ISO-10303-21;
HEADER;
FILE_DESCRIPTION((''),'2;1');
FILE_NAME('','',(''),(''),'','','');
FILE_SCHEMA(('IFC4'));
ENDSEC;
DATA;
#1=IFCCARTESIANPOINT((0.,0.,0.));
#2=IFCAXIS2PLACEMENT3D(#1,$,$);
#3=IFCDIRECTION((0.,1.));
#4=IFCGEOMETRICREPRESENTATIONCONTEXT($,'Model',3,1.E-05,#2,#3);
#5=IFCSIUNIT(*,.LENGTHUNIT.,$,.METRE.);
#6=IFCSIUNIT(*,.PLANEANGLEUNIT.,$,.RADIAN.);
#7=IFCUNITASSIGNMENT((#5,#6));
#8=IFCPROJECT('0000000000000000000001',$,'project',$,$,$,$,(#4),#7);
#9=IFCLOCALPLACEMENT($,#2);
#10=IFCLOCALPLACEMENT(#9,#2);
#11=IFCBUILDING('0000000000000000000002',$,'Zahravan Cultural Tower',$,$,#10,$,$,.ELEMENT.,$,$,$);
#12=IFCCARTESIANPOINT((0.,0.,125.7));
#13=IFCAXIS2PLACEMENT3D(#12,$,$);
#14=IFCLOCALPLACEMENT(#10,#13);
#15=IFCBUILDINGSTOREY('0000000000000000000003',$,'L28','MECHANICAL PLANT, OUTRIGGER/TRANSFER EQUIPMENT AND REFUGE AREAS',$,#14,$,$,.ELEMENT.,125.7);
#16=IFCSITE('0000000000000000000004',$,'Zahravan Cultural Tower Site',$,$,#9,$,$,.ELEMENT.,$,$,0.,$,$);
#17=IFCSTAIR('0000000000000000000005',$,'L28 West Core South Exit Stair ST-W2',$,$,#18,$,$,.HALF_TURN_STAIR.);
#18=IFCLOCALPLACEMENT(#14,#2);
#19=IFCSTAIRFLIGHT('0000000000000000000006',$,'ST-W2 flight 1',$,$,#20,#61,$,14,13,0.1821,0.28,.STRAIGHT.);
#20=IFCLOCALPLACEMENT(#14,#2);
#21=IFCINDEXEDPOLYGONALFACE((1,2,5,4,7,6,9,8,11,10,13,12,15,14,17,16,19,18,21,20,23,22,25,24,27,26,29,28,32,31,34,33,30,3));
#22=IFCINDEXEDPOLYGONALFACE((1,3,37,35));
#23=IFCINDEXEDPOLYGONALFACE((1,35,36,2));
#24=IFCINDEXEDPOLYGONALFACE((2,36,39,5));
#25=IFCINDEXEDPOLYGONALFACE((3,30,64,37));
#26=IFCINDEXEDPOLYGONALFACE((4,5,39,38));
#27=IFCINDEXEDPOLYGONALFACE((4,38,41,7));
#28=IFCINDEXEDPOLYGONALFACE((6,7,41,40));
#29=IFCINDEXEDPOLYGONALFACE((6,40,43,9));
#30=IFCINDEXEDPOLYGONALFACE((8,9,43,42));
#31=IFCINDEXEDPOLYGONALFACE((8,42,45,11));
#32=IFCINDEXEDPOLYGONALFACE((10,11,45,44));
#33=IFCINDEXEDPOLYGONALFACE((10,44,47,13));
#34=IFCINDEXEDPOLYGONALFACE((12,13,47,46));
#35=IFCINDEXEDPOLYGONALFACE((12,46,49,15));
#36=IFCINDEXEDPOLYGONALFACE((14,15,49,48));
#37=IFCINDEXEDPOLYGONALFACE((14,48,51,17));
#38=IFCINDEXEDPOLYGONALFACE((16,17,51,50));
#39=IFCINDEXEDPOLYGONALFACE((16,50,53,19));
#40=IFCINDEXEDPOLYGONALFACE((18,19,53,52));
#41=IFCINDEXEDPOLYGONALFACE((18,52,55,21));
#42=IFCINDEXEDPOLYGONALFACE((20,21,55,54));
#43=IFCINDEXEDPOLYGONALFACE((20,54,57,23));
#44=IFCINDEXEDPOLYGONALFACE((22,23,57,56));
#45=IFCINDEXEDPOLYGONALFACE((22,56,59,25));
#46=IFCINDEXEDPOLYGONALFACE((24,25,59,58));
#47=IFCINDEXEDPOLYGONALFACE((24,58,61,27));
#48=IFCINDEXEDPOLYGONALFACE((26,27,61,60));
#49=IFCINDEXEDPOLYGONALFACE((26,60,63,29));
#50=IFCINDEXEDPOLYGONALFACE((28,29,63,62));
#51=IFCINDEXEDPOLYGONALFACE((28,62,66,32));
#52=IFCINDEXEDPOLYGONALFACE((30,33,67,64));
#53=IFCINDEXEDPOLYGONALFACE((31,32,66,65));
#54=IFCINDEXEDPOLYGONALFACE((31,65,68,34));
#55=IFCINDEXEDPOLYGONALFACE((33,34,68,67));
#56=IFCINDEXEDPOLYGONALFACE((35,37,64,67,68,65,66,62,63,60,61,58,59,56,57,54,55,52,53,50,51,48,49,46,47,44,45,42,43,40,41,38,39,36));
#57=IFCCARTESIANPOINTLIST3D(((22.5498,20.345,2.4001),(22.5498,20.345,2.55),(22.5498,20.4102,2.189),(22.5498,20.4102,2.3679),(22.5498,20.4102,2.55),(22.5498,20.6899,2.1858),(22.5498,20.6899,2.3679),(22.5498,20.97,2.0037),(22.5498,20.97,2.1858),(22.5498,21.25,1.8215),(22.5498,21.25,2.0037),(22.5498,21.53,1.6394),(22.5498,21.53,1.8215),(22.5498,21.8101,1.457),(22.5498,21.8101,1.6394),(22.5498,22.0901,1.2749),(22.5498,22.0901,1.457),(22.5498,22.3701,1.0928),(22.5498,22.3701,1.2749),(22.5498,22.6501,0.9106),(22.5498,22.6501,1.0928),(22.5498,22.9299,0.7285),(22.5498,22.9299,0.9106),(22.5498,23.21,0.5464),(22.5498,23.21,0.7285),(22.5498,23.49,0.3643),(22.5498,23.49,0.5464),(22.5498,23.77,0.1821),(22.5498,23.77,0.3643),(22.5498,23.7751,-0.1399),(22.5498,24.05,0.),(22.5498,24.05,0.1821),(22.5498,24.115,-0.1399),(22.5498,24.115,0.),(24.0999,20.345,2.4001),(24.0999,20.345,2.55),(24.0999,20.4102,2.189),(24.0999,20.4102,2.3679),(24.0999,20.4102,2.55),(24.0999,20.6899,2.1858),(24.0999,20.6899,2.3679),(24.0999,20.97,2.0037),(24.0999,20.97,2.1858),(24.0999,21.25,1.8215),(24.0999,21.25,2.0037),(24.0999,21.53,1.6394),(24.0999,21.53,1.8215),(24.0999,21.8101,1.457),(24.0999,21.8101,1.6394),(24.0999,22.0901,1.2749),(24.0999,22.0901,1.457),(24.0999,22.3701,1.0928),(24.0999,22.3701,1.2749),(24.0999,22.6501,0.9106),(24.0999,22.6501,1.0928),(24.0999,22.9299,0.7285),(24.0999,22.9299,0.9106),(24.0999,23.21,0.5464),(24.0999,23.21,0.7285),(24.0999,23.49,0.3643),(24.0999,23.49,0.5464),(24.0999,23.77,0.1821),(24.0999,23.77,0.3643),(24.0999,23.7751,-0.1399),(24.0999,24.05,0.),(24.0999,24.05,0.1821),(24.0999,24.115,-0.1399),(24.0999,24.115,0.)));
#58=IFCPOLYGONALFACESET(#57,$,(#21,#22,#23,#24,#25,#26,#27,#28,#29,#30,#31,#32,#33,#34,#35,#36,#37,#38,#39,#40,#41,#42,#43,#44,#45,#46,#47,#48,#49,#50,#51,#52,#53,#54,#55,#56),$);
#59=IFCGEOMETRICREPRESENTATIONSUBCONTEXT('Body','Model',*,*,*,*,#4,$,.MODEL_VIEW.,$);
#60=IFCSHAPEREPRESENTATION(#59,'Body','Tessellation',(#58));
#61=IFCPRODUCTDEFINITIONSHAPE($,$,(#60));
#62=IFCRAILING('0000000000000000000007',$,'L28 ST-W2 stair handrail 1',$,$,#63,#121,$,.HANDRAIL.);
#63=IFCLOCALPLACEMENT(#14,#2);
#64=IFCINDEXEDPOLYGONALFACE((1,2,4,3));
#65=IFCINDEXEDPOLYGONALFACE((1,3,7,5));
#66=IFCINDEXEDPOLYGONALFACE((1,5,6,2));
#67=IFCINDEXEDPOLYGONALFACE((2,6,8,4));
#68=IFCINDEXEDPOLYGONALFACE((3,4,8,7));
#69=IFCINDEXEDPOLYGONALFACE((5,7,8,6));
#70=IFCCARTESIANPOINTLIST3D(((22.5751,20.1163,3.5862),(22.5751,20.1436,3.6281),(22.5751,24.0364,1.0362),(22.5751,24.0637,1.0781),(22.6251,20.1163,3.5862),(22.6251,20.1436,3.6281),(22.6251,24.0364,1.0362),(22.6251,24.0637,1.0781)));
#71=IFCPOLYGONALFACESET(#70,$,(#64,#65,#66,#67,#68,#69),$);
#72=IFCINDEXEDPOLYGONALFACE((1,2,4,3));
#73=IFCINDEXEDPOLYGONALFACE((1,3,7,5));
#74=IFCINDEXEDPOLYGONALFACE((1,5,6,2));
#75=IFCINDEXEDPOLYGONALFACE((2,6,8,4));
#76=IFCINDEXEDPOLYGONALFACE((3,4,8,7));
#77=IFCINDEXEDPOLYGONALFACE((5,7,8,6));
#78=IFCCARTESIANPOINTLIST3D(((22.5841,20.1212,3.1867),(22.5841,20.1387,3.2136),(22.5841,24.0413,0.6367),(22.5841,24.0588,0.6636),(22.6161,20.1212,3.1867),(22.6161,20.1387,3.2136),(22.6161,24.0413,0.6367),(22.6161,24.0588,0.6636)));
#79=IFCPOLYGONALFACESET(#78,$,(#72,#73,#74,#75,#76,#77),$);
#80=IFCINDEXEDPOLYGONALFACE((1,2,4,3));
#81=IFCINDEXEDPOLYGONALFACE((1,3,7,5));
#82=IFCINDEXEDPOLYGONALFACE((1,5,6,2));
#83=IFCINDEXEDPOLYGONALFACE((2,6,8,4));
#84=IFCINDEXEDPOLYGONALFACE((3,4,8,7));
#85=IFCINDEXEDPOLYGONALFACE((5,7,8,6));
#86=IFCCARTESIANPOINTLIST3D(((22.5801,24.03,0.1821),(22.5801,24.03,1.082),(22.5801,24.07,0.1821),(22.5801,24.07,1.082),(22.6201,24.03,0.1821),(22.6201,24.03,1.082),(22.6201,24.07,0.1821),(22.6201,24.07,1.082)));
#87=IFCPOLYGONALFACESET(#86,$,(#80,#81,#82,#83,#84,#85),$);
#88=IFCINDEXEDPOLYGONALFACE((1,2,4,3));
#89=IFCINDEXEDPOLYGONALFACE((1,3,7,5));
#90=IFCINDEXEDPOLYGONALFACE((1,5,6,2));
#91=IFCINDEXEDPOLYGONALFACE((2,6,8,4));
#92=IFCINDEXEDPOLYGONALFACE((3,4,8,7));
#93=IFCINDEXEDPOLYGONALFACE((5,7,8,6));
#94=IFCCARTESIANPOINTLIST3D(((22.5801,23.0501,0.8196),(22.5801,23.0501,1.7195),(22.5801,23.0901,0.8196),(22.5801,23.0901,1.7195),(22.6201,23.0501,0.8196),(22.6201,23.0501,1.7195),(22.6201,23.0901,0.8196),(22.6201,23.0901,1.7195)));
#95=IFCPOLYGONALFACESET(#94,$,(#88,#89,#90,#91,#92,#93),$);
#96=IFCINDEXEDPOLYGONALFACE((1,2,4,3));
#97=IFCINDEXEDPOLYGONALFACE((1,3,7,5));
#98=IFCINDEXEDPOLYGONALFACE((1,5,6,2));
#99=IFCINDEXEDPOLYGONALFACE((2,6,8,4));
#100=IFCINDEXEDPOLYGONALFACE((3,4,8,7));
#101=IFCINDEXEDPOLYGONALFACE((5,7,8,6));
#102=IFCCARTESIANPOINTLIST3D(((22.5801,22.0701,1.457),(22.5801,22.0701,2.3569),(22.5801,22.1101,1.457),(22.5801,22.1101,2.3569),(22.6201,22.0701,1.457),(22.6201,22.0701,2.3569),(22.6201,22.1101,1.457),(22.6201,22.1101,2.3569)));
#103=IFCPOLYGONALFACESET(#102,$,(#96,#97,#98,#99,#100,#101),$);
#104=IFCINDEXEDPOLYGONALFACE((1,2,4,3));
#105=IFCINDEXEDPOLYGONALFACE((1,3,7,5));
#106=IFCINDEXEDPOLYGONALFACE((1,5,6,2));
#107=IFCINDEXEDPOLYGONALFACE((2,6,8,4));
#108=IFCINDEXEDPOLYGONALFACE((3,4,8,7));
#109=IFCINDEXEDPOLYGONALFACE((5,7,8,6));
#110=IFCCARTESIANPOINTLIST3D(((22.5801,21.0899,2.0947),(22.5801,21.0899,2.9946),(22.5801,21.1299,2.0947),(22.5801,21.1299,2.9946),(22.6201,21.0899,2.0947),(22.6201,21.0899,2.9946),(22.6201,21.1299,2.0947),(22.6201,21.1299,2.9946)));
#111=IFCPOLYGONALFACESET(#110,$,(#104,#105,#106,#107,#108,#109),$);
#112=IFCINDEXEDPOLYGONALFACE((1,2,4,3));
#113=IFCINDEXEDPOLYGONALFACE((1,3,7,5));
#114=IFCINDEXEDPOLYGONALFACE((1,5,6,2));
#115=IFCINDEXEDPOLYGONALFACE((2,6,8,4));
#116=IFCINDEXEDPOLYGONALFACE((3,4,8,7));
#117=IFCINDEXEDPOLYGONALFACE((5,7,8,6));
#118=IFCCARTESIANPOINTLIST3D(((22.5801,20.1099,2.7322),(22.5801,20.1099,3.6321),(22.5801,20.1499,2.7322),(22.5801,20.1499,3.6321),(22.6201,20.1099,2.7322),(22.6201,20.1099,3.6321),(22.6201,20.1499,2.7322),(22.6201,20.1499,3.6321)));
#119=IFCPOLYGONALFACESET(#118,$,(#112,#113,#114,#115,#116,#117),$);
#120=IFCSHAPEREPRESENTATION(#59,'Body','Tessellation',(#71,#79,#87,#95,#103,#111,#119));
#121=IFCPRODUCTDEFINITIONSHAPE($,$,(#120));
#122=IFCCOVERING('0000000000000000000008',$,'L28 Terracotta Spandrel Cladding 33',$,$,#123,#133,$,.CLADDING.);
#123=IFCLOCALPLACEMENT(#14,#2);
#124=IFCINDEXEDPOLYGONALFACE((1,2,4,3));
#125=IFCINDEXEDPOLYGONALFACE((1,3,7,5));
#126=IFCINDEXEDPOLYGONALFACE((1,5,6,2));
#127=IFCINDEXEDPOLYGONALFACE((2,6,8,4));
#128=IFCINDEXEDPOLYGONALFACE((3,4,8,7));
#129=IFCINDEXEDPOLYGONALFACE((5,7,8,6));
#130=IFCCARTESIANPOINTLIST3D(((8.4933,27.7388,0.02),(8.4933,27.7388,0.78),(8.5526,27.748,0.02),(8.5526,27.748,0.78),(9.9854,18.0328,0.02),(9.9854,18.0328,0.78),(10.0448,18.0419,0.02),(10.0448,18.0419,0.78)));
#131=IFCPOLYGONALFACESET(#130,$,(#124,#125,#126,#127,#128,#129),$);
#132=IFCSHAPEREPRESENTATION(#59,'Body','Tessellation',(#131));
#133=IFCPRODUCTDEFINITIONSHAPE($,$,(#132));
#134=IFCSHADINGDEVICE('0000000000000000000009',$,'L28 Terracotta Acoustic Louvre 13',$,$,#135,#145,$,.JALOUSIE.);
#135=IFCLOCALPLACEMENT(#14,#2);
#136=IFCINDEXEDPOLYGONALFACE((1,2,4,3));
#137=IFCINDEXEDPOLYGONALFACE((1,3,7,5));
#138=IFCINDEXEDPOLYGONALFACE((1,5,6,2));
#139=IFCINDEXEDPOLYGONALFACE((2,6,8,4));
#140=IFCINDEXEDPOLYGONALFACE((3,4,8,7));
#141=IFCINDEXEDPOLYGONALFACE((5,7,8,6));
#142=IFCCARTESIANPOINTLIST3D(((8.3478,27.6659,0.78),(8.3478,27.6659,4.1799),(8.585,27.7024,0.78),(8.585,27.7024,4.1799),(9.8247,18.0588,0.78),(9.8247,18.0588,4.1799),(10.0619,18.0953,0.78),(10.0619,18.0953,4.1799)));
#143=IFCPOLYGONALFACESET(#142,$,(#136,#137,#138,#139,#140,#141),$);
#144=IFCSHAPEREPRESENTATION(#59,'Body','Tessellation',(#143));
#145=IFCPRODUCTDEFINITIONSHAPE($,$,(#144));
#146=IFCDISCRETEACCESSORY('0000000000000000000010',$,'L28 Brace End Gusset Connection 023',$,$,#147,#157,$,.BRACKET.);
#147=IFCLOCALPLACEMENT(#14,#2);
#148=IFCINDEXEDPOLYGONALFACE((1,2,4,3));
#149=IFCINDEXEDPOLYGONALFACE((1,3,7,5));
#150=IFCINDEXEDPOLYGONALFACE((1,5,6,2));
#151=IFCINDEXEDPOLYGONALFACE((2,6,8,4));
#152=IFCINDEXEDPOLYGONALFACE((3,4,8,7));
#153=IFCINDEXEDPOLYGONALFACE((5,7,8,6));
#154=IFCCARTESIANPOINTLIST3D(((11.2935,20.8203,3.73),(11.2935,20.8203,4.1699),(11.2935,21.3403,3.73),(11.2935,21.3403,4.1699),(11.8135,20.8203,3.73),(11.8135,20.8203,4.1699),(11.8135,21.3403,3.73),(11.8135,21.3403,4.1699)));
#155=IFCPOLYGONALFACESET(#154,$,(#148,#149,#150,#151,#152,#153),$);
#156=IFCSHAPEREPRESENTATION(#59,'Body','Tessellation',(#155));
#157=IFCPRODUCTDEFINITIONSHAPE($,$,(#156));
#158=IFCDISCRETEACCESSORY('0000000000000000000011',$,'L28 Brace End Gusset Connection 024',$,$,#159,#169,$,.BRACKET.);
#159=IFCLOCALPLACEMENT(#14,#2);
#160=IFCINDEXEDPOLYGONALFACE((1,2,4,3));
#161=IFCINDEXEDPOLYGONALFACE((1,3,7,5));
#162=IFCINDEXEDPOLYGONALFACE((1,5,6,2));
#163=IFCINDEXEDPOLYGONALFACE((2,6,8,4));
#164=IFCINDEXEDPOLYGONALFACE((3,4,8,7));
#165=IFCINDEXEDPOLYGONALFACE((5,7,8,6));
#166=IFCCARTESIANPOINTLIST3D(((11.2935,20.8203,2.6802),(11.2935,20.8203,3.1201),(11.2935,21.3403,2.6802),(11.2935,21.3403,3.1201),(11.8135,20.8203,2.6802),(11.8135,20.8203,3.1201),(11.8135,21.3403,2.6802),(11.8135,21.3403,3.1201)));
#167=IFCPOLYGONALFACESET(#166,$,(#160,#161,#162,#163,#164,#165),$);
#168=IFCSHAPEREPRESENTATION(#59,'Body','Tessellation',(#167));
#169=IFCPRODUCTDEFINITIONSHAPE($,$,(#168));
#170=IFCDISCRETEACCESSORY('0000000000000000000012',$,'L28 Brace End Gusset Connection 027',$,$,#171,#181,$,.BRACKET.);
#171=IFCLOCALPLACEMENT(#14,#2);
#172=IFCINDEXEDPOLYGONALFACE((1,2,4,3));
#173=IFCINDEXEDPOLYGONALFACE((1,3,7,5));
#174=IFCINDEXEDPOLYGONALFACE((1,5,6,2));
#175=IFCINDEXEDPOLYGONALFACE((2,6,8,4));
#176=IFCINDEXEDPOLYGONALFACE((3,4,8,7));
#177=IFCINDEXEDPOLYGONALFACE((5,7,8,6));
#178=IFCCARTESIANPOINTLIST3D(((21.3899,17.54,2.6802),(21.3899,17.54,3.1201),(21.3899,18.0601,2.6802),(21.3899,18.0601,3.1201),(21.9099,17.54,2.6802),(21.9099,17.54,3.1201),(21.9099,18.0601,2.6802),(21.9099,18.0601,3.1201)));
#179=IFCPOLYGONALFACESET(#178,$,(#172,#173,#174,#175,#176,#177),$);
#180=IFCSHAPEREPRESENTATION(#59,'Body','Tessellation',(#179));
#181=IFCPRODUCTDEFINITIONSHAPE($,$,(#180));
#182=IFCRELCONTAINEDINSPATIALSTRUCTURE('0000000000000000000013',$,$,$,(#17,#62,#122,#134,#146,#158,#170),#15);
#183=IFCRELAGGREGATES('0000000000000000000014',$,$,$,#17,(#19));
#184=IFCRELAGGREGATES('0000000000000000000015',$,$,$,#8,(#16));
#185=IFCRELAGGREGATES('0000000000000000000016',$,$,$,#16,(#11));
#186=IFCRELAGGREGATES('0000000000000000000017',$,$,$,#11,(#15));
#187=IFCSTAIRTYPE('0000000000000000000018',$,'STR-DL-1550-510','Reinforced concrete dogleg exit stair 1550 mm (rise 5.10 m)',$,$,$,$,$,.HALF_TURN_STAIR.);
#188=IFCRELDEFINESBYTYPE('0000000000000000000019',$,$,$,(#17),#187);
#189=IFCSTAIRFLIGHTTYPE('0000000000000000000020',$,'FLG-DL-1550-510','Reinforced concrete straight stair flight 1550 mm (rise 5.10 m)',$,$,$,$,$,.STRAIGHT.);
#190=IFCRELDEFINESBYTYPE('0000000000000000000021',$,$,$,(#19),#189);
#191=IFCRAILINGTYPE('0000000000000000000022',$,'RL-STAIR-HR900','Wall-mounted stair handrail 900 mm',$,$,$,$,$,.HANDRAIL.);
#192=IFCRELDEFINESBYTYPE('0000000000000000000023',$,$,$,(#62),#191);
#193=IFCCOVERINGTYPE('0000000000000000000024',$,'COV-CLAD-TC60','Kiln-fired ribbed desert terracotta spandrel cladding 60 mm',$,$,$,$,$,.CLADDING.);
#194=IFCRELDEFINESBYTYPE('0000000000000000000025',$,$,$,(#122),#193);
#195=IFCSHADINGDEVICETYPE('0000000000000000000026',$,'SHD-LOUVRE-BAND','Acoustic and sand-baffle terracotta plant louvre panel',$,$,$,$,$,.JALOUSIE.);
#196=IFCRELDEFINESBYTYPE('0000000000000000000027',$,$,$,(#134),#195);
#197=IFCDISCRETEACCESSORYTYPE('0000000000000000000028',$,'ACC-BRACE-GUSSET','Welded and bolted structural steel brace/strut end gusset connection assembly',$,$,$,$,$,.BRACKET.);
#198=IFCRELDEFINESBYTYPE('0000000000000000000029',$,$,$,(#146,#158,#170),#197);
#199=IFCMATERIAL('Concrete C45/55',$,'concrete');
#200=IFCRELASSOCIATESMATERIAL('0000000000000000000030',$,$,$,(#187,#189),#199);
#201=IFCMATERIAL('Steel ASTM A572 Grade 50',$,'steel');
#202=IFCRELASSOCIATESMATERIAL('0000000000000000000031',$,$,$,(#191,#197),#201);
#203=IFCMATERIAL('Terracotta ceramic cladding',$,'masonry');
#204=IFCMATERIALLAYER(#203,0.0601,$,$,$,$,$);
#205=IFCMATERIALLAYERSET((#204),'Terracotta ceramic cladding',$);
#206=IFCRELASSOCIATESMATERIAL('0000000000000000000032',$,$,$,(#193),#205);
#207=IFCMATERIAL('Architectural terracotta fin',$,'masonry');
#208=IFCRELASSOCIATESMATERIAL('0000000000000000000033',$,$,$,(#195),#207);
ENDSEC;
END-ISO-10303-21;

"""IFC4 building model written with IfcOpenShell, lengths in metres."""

from ifc_helpers import new_model, si_unit, direction, frame, origin, origin_2d, place, context, subcontext, project, spatial, polyline, rectangle, outline, extrude, source, transform, mapped, material, layer, layer_set, type_object, element, aggregate, save


model = new_model("IFC4")

# Units and contexts
model_context = context("Model", 3, precision=1e-05, world=origin(), true_north=direction((0.0, 1.0)))
body_context = subcontext(model_context, "Body", "Model", "MODEL_VIEW")
ifc_project = project(units=[si_unit("LENGTHUNIT", "METRE"), si_unit("PLANEANGLEUNIT", "RADIAN")], contexts=[model_context])

# Site, building, storey
site_placement = place(None, origin())
site = spatial("IfcSite", under=ifc_project, at=site_placement, Name="Zahravan Cultural Tower Site", CompositionType="ELEMENT", RefElevation=0.0)
building_placement = place(site_placement, origin())
building = spatial("IfcBuilding", under=site, at=building_placement, Name="Zahravan Cultural Tower", CompositionType="ELEMENT")
storey_placement = place(building_placement, frame((0.0, 0.0, 125.7)))
storey = spatial("IfcBuildingStorey", under=building, at=storey_placement, Name="L28", Description="MECHANICAL PLANT, OUTRIGGER/TRANSFER EQUIPMENT AND REFUGE AREAS", CompositionType="ELEMENT", Elevation=125.7)

# Shared definitions
ifc_material_1 = material(Name="Steel ASTM A572 Grade 50", Category="steel")

# Shared definitions
ifc_material_2 = material(Name="Concrete C45/55", Category="concrete")

# Stair, stair flight
stair_type = type_object("IfcStairType", Name="STR-DL-1550-510", Description="Reinforced concrete dogleg exit stair 1550 mm (rise 5.10 m)", PredefinedType="HALF_TURN_STAIR", material=ifc_material_2)
stair_placement = place(storey_placement, origin())
stair = element("IfcStair", 1, at=stair_placement, inside=storey, type_object=stair_type, Name="L28 West Core South Exit Stair ST-W2", PredefinedType="HALF_TURN_STAIR")
stair_flight_type = type_object("IfcStairFlightType", Name="FLG-DL-1550-510", Description="Reinforced concrete straight stair flight 1550 mm (rise 5.10 m)", PredefinedType="STRAIGHT", material=ifc_material_2)
stair_flight_placement = place(storey_placement, frame((23.325, 24.05, 0.0), z_axis=(0.0, 0.0, 1.0), x_axis=(0.0, -1.0, 0.0)))
stair_flight = element("IfcStairFlight", 2, at=stair_flight_placement, type_object=stair_flight_type, Name="ST-W2 flight 1", NumberOfRisers=14, NumberOfTreads=13, PredefinedType="STRAIGHT", RiserHeight=0.1821, TreadLength=0.28, context=body_context, shape_type="SweptSolid", body=[
    extrude(outline(polyline([(-0.0649, -0.1399), (-0.0649, 0.0), (0.0, 0.0), (0.0, 0.1821), (0.28, 0.1821), (0.28, 0.3643), (0.5601, 0.3643), (0.5601, 0.5464), (0.8401, 0.5464), (0.8401, 0.7285), (1.1201, 0.7285), (1.1201, 0.9106), (1.3999, 0.9106), (1.3999, 1.0928), (1.6799, 1.0928), (1.6799, 1.2749), (1.96, 1.2749), (1.96, 1.457), (2.24, 1.457), (2.24, 1.6394), (2.52, 1.6394), (2.52, 1.8215), (2.8, 1.8215), (2.8, 2.0037), (3.0801, 2.0037), (3.0801, 2.1858), (3.3601, 2.1858), (3.3601, 2.3679), (3.6399, 2.3679), (3.6399, 2.55), (3.7051, 2.55), (3.7051, 2.4001), (3.6399, 2.189), (0.2749, -0.1399), (-0.0649, -0.1399)])), frame((0.0, 0.7749, 0.0), z_axis=(0.0, -1.0, 0.0), x_axis=(1.0, 0.0, 0.0)), (0.0, 0.0, 1.0), 1.55),
])
aggregate(stair, [stair_flight])

# Railing
railing_type = type_object("IfcRailingType", Name="RL-STAIR-HR900", Description="Wall-mounted stair handrail 900 mm", PredefinedType="HANDRAIL", material=ifc_material_1)
railing_placement = place(storey_placement, frame((22.6001, 24.05, 0.1821)))
element("IfcRailing", 3, at=railing_placement, inside=storey, type_object=railing_type, Name="L28 ST-W2 stair handrail 1", PredefinedType="HANDRAIL", context=body_context, shape_type="SweptSolid", body=[
    extrude(rectangle(XDim=0.05, YDim=0.05, at=origin_2d()), frame((0.0, 0.0, 0.875), z_axis=(0.0, -0.838254, 0.54528), x_axis=(1.0, 0.0, 0.0)), (0.0, 0.0, 1.0), 4.6765),
    extrude(rectangle(XDim=0.032, YDim=0.032, at=origin_2d()), frame((0.0, 0.0, 0.468), z_axis=(0.0, -0.838254, 0.54528), x_axis=(1.0, 0.0, 0.0)), (0.0, 0.0, 1.0), 4.6765),
    extrude(rectangle(XDim=0.04, YDim=0.04, at=origin_2d()), origin(), (0.0, 0.0, 1.0), 0.8999),
    extrude(rectangle(XDim=0.04, YDim=0.04, at=origin_2d()), frame((0.0, -0.98, 0.6375)), (0.0, 0.0, 1.0), 0.8999),
    extrude(rectangle(XDim=0.04, YDim=0.04, at=origin_2d()), frame((0.0, -1.96, 1.2749)), (0.0, 0.0, 1.0), 0.8999),
    extrude(rectangle(XDim=0.04, YDim=0.04, at=origin_2d()), frame((0.0, -2.9402, 1.9126)), (0.0, 0.0, 1.0), 0.8999),
    extrude(rectangle(XDim=0.04, YDim=0.04, at=origin_2d()), frame((0.0, -3.9202, 2.55)), (0.0, 0.0, 1.0), 0.8999),
])

# Covering
ifc_material_3 = material(Name="Terracotta ceramic cladding", Category="masonry")
ifc_layer_1 = layer(ifc_material_3, 0.0601)
ifc_layer_set_1 = layer_set([ifc_layer_1], Name="Terracotta ceramic cladding")
covering_type = type_object("IfcCoveringType", Name="COV-CLAD-TC60", Description="Kiln-fired ribbed desert terracotta spandrel cladding 60 mm", PredefinedType="CLADDING", material=ifc_layer_set_1)
shared_shape_1 = source(origin(), body_context, "Body", "SweptSolid", [
    extrude(rectangle(XDim=9.8201, YDim=0.0601, at=origin_2d()), origin(), (0.0, 0.0, 1.0), 0.76),
])
covering_placement = place(storey_placement, frame((9.269, 22.8904, 0.02), z_axis=(0.0, 0.0, 1.0), x_axis=(-0.151951, 0.988388, 0.0)))
element("IfcCovering", 4, at=covering_placement, inside=storey, type_object=covering_type, Name="L28 Terracotta Spandrel Cladding 33", PredefinedType="CLADDING", context=body_context, shape_type="MappedRepresentation", body=[
    mapped(shared_shape_1, transform((0.0, 0.0, 0.0), x_axis=(1.0, 0.0, 0.0), y_axis=(0.0, 1.0, 0.0), z_axis=(0.0, 0.0, 1.0), scale=1.0)),
])

# Shading device
ifc_material_4 = material(Name="Architectural terracotta fin", Category="masonry")
shading_device_type = type_object("IfcShadingDeviceType", Name="SHD-LOUVRE-BAND", Description="Acoustic and sand-baffle terracotta plant louvre panel", PredefinedType="JALOUSIE", material=ifc_material_4)
shared_shape_2 = source(origin(), body_context, "Body", "SweptSolid", [
    extrude(rectangle(XDim=9.72, YDim=0.24, at=origin_2d()), origin(), (0.0, 0.0, 1.0), 3.3999),
])
shading_device_placement = place(storey_placement, frame((9.2048, 22.8806, 0.78), z_axis=(0.0, 0.0, 1.0), x_axis=(-0.151951, 0.988388, 0.0)))
element("IfcShadingDevice", 5, at=shading_device_placement, inside=storey, type_object=shading_device_type, Name="L28 Terracotta Acoustic Louvre 13", PredefinedType="JALOUSIE", context=body_context, shape_type="MappedRepresentation", body=[
    mapped(shared_shape_2, transform((0.0, 0.0, 0.0), x_axis=(1.0, 0.0, 0.0), y_axis=(0.0, 1.0, 0.0), z_axis=(0.0, 0.0, 1.0), scale=1.0)),
])

# Discrete accessories
discrete_accessory_type = type_object("IfcDiscreteAccessoryType", Name="ACC-BRACE-GUSSET", Description="Welded and bolted structural steel brace/strut end gusset connection assembly", PredefinedType="BRACKET", material=ifc_material_1)
shared_shape_3 = source(origin(), body_context, "Body", "SweptSolid", [
    extrude(rectangle(XDim=0.52, YDim=0.52, at=origin_2d()), origin(), (0.0, 0.0, 1.0), 0.4399),
])
for number, where, z_axis, x_axis, name in (
    (6, (11.5535, 21.0803, 3.73), (0.0, 0.0, 1.0), (1.0, 0.0, 0.0), "L28 Brace End Gusset Connection 023"),
    (7, (11.5535, 21.0803, 2.6802), (0.0, 0.0, 1.0), (1.0, 0.0, 0.0), "L28 Brace End Gusset Connection 024"),
    (8, (21.6499, 17.8, 2.6802), (0.0, 0.0, 1.0), (1.0, 0.0, 0.0), "L28 Brace End Gusset Connection 027"),
):
    element("IfcDiscreteAccessory", number, at=place(storey_placement, frame(where, z_axis=z_axis, x_axis=x_axis)), inside=storey, type_object=discrete_accessory_type, Name=name, PredefinedType="BRACKET", context=body_context, shape_type="MappedRepresentation", body=[
        mapped(shared_shape_3, transform((0.0, 0.0, 0.0), x_axis=(1.0, 0.0, 0.0), y_axis=(0.0, 1.0, 0.0), z_axis=(0.0, 0.0, 1.0), scale=1.0)),
    ])

save(model, "model.ifc")
